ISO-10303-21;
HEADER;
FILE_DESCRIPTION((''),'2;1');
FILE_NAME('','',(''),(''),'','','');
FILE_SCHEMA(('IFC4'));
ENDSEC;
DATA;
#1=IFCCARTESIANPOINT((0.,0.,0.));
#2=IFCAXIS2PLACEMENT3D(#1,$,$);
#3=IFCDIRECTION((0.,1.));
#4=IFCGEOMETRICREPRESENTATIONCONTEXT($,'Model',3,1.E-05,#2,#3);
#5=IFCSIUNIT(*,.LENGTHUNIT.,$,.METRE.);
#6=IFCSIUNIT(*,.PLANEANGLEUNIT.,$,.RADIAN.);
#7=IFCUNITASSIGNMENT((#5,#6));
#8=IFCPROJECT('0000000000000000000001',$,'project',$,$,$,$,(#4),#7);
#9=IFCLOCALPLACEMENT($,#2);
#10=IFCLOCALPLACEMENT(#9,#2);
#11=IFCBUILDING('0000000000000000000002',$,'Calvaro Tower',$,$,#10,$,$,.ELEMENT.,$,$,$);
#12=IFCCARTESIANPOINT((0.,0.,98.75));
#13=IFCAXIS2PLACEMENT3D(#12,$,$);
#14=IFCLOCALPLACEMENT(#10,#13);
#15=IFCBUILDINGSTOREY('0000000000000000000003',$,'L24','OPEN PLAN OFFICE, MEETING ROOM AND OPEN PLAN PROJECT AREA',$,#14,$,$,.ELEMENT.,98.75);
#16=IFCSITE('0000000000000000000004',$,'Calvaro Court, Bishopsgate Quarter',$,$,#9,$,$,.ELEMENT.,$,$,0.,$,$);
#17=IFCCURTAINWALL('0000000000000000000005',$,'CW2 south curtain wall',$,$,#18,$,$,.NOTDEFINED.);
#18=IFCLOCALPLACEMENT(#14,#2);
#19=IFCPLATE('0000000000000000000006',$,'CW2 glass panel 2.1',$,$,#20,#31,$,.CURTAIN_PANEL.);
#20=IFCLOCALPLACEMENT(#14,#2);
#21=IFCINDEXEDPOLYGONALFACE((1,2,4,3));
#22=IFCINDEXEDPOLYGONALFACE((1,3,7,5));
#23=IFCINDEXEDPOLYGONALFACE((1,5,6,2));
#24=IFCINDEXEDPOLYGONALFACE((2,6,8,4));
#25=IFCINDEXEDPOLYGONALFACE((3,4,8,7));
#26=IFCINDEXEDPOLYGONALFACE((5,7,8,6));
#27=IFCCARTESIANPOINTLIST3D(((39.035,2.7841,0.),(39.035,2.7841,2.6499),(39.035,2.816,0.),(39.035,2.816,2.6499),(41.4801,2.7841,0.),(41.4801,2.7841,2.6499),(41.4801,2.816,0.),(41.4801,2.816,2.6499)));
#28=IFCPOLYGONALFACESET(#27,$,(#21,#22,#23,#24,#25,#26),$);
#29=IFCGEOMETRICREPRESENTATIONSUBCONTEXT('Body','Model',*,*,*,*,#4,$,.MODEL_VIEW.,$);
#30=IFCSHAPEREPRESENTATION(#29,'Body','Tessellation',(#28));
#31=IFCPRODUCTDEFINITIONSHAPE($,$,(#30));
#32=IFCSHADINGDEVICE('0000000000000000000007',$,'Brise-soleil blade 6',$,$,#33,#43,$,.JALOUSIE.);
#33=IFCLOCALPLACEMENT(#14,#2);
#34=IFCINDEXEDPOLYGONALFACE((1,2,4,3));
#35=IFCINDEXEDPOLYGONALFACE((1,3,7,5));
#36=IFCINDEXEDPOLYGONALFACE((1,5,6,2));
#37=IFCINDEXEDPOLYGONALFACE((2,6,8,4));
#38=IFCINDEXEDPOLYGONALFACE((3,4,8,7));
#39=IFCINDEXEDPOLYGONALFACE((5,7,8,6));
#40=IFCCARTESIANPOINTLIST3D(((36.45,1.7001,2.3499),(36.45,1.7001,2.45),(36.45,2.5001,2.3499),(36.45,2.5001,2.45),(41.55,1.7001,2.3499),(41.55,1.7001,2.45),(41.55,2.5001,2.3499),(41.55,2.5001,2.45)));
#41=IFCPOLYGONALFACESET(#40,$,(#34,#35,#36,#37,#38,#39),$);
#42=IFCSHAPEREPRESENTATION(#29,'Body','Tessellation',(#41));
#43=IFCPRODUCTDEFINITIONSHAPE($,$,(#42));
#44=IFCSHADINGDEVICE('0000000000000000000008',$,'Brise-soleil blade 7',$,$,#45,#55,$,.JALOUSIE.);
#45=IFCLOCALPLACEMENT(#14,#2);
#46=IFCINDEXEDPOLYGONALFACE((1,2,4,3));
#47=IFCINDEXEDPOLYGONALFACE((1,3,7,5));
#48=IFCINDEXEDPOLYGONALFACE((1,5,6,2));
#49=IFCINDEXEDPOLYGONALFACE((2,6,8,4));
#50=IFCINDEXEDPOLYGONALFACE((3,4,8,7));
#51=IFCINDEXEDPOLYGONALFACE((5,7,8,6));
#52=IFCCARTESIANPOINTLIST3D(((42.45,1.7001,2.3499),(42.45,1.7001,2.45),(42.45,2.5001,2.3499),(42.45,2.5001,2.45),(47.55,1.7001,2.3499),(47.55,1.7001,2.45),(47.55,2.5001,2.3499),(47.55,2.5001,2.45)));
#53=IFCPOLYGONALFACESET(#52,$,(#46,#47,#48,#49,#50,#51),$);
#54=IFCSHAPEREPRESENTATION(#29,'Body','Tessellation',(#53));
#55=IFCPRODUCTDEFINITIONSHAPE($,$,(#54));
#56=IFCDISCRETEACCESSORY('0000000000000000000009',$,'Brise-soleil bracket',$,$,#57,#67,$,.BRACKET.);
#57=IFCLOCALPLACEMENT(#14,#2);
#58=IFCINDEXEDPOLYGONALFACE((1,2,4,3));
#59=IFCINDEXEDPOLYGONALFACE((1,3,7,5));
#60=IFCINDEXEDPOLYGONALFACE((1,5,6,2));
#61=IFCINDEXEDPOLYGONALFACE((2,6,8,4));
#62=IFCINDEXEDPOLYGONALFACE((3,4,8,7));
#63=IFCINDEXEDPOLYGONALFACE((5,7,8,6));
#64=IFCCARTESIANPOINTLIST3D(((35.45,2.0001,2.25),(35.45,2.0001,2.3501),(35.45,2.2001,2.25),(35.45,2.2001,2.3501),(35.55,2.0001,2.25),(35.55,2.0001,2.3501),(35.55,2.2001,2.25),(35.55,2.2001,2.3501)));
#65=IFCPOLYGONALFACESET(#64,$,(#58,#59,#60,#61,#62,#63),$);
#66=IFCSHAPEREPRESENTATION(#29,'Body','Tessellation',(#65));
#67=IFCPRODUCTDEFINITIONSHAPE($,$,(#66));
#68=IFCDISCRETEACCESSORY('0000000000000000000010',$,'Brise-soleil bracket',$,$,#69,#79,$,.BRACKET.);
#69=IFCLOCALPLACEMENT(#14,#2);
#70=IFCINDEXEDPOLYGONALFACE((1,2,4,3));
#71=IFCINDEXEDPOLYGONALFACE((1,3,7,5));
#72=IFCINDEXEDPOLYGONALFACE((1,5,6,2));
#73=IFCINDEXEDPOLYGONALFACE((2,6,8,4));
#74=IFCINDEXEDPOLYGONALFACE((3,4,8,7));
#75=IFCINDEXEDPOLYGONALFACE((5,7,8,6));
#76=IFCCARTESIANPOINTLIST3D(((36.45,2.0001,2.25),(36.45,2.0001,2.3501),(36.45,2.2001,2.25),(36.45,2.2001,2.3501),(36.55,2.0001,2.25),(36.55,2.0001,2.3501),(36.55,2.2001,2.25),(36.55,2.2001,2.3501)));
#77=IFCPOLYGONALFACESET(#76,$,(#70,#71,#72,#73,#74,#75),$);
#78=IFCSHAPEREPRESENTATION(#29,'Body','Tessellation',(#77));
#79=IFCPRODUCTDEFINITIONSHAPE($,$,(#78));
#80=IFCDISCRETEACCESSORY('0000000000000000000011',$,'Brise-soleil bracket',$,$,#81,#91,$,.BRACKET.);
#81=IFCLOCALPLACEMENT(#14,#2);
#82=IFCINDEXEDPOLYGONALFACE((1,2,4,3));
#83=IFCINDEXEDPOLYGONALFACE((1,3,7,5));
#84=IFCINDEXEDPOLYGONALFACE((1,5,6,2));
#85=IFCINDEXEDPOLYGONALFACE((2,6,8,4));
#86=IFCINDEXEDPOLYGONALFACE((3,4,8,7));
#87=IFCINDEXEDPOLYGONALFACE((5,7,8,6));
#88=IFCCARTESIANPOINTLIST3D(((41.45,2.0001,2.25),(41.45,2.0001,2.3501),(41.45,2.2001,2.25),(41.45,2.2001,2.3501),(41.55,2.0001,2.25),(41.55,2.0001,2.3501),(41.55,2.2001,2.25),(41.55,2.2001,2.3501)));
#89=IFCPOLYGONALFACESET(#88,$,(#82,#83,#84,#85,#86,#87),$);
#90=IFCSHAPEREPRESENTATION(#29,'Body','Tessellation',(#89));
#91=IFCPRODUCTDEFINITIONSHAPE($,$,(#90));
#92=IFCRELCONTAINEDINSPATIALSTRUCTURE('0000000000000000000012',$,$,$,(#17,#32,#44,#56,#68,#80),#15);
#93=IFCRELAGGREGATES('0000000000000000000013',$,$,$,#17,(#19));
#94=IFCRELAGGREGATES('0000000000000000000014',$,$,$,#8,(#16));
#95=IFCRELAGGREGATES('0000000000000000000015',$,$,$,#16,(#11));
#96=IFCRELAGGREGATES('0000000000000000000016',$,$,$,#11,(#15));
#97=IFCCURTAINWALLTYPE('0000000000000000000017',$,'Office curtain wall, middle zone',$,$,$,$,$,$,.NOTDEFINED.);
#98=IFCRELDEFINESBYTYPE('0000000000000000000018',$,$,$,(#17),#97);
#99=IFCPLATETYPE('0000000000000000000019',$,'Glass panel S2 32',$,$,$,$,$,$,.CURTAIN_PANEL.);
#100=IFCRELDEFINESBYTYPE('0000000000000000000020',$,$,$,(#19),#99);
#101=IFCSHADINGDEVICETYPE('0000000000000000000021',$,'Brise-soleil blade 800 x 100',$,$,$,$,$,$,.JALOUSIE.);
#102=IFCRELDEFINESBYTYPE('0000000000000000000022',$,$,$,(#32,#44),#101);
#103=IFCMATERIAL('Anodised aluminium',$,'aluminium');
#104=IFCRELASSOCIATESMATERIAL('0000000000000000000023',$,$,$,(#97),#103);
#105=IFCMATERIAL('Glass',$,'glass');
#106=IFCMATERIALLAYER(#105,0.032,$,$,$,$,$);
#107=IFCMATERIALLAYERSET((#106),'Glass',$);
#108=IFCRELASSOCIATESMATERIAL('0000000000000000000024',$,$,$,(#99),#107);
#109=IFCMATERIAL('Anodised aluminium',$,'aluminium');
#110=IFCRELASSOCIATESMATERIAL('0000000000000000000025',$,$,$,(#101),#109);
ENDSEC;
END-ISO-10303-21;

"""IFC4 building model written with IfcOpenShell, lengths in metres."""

from ifc_helpers import new_model, si_unit, direction, frame, origin, origin_2d, place, context, subcontext, project, spatial, rectangle, extrude, material, layer, layer_set, material_profile, profile_set, type_object, element, aggregate, save


model = new_model("IFC4")

# Units and contexts
model_context = context("Model", 3, precision=1e-05, world=origin(), true_north=direction((0.0, 1.0)))
body_context = subcontext(model_context, "Body", "Model", "MODEL_VIEW")
ifc_project = project(units=[si_unit("LENGTHUNIT", "METRE"), si_unit("PLANEANGLEUNIT", "RADIAN")], contexts=[model_context])

# Site, building, storey
site_placement = place(None, origin())
site = spatial("IfcSite", under=ifc_project, at=site_placement, Name="Calvaro Court, Bishopsgate Quarter", CompositionType="ELEMENT", RefElevation=0.0)
building_placement = place(site_placement, origin())
building = spatial("IfcBuilding", under=site, at=building_placement, Name="Calvaro Tower", CompositionType="ELEMENT")
storey_placement = place(building_placement, frame((0.0, 0.0, 98.75)))
storey = spatial("IfcBuildingStorey", under=building, at=storey_placement, Name="L24", Description="OPEN PLAN OFFICE, MEETING ROOM AND OPEN PLAN PROJECT AREA", CompositionType="ELEMENT", Elevation=98.75)

# Shared definitions
ifc_material_1 = material(Name="Anodised aluminium", Category="aluminium")
curtain_wall_type = type_object("IfcCurtainWallType", Name="Office curtain wall, middle zone", PredefinedType="NOTDEFINED", material=ifc_material_1)

# Curtain wall
curtain_wall_1_placement = place(storey_placement, origin())
curtain_wall_1 = element("IfcCurtainWall", 1, at=curtain_wall_1_placement, inside=storey, type_object=curtain_wall_type, Name="CW2 south curtain wall", PredefinedType="NOTDEFINED")

# Plate
ifc_material_2 = material(Name="Glass", Category="glass")
ifc_layer = layer(ifc_material_2, 0.032)
ifc_layer_set = layer_set([ifc_layer], Name="Glass")
plate_type = type_object("IfcPlateType", Name="Glass panel S2 32", PredefinedType="CURTAIN_PANEL", material=ifc_layer_set)
plate_1_placement = place(storey_placement, frame((40.2576, 2.8, 0.0), z_axis=(0.0, 0.0, 1.0), x_axis=(1.0, 0.0, 0.0)))
plate_1 = element("IfcPlate", 2, at=plate_1_placement, type_object=plate_type, Name="CW2 glass panel 2.1", PredefinedType="CURTAIN_PANEL", context=body_context, shape_type="SweptSolid", body=[
    extrude(rectangle(XDim=2.4451, YDim=0.032, at=origin_2d()), origin(), (0.0, 0.0, 1.0), 2.6499),
])
aggregate(curtain_wall_1, [plate_1])

# Shading devices
ifc_material_3 = material(Name="Anodised aluminium", Category="aluminium")
ifc_material_profile_1 = material_profile(ifc_material_3, rectangle(XDim=0.8, YDim=0.1001, at=origin_2d()), Name="Brise-soleil blade 800 x 100")
ifc_profile_set_1 = profile_set([ifc_material_profile_1], Name="Anodised aluminium")
shading_device_type = type_object("IfcShadingDeviceType", Name="Brise-soleil blade 800 x 100", PredefinedType="JALOUSIE", material=ifc_profile_set_1)
for number, where, z_axis, x_axis, name in (
    (3, (36.45, 2.1001, 2.3999), (1.0, 0.0, 0.0), (0.0, 1.0, 0.0), "Brise-soleil blade 6"),
    (4, (42.45, 2.1001, 2.3999), (1.0, 0.0, 0.0), (0.0, 1.0, 0.0), "Brise-soleil blade 7"),
):
    element("IfcShadingDevice", number, at=place(storey_placement, frame(where, z_axis=z_axis, x_axis=x_axis)), inside=storey, type_object=shading_device_type, Name=name, PredefinedType="JALOUSIE", context=body_context, shape_type="SweptSolid", body=[
        extrude(rectangle(XDim=0.8, YDim=0.1001, at=origin_2d()), origin(), (0.0, 0.0, 1.0), 5.1001),
    ])

# Discrete accessories
for number, where, z_axis, x_axis, name in (
    (5, (35.5, 2.1001, 2.25), (0.0, 0.0, 1.0), (1.0, 0.0, 0.0), "Brise-soleil bracket"),
    (6, (36.5, 2.1001, 2.25), (0.0, 0.0, 1.0), (1.0, 0.0, 0.0), "Brise-soleil bracket"),
    (7, (41.5, 2.1001, 2.25), (0.0, 0.0, 1.0), (1.0, 0.0, 0.0), "Brise-soleil bracket"),
):
    element("IfcDiscreteAccessory", number, at=place(storey_placement, frame(where, z_axis=z_axis, x_axis=x_axis)), inside=storey, Name=name, PredefinedType="BRACKET", context=body_context, shape_type="SweptSolid", body=[
        extrude(rectangle(XDim=0.1001, YDim=0.2, at=origin_2d()), origin(), (0.0, 0.0, 1.0), 0.1001),
    ])

save(model, "model.ifc")
